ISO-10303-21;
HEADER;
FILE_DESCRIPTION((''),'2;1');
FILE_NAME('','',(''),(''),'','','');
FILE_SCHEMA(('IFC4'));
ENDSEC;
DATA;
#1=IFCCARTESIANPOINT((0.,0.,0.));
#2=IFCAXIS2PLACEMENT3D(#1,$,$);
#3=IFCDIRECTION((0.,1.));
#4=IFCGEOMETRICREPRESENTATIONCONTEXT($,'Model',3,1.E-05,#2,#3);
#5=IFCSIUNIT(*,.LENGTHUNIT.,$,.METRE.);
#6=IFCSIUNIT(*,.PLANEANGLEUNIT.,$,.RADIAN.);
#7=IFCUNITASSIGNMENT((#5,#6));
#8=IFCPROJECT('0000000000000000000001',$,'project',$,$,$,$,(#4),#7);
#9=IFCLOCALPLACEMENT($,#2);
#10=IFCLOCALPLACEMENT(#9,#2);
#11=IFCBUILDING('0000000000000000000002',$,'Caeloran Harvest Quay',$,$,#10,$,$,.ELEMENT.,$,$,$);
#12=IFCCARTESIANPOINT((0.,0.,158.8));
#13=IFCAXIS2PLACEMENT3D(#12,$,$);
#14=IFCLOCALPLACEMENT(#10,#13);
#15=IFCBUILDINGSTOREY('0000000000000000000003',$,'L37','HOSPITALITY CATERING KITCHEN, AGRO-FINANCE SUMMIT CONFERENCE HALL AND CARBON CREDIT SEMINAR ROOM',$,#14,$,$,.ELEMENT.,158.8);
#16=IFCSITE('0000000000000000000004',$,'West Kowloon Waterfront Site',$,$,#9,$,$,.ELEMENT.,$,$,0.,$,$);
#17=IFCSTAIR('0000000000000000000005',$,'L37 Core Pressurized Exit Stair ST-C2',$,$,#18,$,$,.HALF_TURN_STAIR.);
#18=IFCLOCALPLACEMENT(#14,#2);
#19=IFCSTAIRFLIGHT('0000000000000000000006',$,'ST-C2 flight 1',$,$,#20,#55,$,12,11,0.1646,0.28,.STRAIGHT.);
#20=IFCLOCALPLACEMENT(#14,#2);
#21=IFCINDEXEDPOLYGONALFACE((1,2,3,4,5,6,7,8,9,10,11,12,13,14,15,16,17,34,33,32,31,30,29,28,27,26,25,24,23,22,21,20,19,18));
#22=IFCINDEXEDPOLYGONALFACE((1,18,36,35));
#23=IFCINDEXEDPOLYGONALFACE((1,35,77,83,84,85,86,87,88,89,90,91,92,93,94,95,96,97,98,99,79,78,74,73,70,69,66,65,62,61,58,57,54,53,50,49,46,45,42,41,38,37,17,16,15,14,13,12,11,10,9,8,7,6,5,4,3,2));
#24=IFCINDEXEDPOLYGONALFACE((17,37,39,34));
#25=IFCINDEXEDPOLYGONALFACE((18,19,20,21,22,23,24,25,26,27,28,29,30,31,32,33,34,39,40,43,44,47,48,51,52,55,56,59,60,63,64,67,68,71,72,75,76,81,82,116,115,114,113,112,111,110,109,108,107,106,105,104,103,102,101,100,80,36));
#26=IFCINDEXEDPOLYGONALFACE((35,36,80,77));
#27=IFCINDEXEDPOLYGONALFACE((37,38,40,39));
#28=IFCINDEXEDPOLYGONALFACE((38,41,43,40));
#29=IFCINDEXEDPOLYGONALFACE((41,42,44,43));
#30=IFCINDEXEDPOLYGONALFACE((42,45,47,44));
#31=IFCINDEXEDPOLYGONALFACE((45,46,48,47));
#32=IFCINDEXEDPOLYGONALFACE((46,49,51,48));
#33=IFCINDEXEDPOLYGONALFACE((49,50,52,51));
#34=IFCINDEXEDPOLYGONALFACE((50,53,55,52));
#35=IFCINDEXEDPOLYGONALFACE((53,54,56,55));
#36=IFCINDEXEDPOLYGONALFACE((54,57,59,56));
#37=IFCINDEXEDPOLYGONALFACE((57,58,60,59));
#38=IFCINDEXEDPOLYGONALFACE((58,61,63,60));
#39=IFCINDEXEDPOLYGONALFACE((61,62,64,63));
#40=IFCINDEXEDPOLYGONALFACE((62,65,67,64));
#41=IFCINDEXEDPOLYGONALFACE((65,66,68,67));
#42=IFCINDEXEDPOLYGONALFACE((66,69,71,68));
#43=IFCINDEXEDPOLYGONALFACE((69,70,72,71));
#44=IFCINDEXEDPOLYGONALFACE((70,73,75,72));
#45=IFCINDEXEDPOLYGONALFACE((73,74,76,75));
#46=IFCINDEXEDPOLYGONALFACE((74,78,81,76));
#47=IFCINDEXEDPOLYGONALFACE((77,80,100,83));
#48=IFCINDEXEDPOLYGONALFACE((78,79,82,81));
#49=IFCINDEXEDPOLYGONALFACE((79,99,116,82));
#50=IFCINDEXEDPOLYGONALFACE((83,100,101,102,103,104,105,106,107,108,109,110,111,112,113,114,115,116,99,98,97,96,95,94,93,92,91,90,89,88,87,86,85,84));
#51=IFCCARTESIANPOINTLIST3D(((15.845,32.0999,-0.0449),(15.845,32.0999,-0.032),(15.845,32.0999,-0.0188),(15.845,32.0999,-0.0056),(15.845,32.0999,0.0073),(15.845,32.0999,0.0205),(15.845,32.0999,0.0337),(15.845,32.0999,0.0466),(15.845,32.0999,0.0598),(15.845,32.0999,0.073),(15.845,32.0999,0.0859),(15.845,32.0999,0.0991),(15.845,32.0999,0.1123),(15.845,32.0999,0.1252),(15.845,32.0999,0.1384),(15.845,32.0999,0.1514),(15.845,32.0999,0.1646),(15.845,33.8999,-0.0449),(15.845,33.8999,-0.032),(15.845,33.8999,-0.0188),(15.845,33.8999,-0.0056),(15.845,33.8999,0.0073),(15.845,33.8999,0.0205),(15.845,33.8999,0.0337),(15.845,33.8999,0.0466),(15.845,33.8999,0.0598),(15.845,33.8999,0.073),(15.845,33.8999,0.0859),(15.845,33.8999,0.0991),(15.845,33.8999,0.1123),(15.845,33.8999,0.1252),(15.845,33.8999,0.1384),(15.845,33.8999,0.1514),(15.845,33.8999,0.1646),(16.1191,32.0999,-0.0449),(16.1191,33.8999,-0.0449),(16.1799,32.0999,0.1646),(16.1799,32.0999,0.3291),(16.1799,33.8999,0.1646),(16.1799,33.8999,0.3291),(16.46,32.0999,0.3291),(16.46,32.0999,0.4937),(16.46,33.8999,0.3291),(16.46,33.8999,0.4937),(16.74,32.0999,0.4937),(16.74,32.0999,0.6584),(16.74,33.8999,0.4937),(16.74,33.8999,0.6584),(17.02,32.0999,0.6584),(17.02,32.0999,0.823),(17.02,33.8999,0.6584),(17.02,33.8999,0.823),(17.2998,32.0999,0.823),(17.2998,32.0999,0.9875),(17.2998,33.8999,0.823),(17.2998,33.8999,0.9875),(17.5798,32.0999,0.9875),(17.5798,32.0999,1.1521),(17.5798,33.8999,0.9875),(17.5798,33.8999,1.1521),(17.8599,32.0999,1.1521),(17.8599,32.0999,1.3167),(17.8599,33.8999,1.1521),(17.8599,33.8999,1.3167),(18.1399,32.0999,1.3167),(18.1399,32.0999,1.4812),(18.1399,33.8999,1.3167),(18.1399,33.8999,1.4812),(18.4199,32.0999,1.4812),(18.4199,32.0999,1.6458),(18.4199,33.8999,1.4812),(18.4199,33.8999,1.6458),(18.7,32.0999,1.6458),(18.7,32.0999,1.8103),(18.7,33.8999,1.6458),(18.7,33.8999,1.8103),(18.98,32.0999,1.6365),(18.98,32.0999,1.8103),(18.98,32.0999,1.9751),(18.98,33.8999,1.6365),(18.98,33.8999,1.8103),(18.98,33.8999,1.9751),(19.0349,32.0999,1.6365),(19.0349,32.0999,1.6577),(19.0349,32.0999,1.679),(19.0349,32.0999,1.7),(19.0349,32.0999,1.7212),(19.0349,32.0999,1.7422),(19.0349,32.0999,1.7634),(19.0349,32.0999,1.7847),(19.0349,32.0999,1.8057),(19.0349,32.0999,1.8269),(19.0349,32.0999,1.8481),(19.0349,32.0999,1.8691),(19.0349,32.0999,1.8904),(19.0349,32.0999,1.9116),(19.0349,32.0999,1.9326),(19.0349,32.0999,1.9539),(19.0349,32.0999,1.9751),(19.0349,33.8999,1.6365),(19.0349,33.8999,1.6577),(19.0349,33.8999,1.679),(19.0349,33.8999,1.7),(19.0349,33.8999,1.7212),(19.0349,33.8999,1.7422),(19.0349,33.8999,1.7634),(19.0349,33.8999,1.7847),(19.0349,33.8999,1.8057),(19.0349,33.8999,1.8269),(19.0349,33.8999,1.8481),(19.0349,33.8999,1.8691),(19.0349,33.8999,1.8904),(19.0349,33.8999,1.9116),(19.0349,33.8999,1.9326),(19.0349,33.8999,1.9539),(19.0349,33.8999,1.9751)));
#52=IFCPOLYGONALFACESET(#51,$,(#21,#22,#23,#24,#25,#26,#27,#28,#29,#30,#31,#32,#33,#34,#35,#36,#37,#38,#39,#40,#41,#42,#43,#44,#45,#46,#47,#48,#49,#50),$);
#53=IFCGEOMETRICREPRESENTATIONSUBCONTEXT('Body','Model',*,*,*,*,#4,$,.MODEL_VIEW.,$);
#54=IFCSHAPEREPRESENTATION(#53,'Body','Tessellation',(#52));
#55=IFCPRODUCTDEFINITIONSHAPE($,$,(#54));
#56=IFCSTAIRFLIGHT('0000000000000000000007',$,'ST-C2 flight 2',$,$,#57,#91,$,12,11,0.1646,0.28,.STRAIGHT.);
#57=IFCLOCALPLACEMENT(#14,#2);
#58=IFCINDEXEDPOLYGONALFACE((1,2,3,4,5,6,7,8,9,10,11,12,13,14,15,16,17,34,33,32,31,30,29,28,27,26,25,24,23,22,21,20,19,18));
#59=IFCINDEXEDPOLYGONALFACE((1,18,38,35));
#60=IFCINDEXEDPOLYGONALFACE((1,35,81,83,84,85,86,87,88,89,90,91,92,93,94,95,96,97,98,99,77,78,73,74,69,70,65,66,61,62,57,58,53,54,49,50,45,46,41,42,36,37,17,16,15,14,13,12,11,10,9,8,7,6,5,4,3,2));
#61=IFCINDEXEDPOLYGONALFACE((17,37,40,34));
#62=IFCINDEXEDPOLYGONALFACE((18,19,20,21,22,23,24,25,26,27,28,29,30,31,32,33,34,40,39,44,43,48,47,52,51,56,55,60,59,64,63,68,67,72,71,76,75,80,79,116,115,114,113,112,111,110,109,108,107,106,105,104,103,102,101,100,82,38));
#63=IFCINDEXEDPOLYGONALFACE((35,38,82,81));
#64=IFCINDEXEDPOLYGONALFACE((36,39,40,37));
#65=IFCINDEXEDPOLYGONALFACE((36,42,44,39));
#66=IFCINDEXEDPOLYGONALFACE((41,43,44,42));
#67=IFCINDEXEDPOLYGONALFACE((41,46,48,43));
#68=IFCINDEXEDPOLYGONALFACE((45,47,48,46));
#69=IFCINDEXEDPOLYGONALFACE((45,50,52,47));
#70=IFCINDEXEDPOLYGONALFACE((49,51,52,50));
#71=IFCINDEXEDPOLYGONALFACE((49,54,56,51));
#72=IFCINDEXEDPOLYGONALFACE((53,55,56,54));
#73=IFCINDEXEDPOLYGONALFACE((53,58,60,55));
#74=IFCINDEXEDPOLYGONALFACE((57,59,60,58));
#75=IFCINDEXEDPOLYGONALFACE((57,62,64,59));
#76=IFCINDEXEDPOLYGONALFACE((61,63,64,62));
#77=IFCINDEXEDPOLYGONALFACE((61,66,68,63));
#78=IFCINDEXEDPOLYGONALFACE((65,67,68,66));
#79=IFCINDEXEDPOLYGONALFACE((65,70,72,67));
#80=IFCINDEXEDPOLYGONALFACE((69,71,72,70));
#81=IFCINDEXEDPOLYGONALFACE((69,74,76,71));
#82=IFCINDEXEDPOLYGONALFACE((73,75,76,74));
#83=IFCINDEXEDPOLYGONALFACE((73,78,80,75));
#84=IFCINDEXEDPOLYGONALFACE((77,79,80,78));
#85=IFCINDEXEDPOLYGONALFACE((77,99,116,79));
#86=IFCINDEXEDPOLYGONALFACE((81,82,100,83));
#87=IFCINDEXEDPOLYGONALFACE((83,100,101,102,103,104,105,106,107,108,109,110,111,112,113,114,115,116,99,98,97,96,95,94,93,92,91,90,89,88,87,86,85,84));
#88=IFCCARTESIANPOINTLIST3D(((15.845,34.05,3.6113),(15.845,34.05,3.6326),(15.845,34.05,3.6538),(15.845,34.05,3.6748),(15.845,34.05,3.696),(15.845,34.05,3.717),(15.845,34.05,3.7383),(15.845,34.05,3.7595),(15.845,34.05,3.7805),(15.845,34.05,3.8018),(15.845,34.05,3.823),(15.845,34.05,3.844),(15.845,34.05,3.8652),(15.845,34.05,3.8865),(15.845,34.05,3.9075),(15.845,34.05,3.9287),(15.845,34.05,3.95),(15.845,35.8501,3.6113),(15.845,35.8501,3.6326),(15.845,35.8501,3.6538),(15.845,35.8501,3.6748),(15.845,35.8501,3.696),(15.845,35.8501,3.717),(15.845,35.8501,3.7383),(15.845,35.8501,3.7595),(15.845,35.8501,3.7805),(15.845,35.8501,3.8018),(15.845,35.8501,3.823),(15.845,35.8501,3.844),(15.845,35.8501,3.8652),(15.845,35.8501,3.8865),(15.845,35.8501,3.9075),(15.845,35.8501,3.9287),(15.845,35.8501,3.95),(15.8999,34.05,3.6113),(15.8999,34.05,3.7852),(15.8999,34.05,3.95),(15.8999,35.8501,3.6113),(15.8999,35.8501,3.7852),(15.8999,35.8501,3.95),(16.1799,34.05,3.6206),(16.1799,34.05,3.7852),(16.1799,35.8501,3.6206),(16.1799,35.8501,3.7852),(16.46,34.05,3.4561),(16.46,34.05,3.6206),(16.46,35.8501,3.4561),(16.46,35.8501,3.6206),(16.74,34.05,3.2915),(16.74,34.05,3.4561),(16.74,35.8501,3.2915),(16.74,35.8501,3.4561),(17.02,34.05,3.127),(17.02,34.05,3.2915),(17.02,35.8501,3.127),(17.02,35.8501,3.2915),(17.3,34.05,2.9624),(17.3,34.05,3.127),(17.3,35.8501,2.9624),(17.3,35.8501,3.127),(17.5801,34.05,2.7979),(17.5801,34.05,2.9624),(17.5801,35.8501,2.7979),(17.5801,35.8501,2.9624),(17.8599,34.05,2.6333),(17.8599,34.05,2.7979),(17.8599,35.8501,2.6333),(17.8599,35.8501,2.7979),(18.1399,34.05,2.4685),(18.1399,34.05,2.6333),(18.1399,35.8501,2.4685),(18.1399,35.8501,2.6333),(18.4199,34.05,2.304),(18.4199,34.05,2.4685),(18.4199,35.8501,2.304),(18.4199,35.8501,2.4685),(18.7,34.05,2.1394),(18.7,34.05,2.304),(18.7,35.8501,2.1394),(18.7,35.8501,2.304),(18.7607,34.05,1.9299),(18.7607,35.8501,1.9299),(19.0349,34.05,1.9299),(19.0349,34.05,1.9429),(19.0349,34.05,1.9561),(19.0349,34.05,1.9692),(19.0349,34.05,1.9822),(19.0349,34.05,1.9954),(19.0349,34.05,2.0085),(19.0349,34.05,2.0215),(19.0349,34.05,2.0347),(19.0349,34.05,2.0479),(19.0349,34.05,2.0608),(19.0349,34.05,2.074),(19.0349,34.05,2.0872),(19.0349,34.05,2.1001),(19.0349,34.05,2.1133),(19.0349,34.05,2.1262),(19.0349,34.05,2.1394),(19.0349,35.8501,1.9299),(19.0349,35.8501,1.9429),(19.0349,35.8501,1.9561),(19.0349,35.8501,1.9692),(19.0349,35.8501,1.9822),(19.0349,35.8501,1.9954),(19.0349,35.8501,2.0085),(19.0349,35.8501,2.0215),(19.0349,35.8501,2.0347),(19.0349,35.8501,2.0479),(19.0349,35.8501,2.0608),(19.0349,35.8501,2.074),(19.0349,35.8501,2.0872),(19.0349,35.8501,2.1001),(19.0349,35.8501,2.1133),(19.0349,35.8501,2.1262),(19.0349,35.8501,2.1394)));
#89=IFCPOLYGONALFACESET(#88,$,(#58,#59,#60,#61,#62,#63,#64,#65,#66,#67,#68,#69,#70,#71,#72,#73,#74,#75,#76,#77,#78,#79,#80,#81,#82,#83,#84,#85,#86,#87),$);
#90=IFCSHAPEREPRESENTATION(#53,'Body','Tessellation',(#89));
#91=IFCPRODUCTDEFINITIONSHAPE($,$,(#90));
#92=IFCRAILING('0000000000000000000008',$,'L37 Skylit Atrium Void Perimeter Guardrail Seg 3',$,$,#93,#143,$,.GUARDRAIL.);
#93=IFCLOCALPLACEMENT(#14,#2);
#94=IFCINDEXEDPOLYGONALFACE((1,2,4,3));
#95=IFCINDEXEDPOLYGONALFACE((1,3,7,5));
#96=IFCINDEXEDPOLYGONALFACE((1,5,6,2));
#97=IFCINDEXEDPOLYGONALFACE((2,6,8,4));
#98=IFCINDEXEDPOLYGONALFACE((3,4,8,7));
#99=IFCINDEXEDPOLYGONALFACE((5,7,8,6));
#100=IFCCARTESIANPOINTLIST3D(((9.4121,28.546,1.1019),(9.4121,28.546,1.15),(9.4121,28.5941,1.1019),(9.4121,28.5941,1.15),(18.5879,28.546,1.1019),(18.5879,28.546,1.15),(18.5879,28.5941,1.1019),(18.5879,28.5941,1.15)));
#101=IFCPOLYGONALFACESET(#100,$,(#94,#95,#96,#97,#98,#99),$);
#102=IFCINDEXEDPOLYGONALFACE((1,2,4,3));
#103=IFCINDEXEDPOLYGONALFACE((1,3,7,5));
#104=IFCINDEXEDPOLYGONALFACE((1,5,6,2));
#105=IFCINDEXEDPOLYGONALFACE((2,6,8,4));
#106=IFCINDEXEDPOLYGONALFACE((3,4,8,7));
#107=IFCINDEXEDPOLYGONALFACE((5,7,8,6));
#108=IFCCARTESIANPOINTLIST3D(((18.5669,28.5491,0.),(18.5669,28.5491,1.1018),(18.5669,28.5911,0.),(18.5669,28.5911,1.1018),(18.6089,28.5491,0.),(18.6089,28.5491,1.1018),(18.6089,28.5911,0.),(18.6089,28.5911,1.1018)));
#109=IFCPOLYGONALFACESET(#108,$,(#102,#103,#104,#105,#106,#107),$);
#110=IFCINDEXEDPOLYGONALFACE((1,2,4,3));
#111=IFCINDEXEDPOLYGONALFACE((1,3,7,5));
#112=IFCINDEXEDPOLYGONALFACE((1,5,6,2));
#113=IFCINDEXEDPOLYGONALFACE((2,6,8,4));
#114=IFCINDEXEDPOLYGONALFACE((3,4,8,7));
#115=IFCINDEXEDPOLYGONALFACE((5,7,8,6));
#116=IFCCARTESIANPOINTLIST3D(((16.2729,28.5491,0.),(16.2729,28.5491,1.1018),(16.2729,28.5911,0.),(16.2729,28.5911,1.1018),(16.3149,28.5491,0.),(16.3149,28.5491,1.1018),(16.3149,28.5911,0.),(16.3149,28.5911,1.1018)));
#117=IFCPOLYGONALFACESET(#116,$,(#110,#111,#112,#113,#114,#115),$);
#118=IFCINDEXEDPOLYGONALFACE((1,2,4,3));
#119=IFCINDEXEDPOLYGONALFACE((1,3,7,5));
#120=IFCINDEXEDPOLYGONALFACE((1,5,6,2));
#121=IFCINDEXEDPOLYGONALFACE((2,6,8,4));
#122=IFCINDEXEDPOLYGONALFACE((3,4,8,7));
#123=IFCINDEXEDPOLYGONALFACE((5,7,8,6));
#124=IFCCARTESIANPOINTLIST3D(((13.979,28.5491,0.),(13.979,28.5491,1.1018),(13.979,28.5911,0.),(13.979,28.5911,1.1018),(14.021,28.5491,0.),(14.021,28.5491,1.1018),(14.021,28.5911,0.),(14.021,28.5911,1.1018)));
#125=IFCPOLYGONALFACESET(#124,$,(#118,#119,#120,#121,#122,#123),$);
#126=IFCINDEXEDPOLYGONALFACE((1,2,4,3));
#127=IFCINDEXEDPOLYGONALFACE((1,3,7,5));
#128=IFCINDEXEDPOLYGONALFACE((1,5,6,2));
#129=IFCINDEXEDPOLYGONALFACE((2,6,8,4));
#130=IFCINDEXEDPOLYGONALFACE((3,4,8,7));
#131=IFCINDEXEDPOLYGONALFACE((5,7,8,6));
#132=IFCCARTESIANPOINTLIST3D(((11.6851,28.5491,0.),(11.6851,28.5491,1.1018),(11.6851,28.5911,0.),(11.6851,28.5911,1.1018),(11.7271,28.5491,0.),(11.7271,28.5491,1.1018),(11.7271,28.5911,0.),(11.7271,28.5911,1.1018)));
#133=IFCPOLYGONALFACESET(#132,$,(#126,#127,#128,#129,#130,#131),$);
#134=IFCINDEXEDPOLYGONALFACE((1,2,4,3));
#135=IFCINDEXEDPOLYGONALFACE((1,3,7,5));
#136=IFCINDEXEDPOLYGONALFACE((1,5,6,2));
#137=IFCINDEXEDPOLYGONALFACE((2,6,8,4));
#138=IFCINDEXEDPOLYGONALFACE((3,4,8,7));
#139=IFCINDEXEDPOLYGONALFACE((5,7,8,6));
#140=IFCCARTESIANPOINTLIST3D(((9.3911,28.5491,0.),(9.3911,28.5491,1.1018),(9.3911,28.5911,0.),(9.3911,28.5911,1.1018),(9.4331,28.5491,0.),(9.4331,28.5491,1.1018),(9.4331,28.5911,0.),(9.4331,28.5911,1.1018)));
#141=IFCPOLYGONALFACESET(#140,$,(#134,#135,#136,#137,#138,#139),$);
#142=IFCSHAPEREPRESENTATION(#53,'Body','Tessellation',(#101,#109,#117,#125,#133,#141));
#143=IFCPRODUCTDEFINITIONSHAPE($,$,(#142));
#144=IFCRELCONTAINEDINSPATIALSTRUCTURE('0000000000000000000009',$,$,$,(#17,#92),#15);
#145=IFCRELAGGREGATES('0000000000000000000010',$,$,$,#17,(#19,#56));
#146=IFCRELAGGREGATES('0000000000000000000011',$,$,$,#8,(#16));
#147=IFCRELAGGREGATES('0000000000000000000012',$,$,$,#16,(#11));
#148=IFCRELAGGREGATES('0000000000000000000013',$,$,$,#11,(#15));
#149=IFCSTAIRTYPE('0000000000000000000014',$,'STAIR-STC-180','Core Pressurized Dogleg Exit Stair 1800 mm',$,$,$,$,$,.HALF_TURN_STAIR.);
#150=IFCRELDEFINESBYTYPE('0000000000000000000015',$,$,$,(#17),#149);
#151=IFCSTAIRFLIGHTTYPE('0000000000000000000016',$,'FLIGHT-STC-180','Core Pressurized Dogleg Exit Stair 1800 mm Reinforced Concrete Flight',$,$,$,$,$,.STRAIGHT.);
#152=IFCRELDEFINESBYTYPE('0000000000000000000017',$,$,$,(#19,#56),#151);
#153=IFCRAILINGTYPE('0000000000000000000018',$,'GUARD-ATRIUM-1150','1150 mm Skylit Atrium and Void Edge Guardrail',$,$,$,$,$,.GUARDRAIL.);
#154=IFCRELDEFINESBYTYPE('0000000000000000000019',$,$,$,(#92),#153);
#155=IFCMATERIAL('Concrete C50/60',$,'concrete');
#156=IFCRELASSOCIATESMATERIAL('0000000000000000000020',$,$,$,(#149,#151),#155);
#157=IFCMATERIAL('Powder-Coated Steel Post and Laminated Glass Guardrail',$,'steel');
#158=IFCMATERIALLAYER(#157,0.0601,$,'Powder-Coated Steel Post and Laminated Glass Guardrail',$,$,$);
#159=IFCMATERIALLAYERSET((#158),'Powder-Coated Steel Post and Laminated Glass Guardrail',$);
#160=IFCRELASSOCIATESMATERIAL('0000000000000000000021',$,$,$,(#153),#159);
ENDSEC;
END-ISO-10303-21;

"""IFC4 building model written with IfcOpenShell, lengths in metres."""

from ifc_helpers import new_model, si_unit, direction, frame, origin, origin_2d, place, context, subcontext, project, spatial, polyline, rectangle, outline, extrude, material, layer, layer_set, type_object, element, aggregate, save


model = new_model("IFC4")

# Units and contexts
model_context = context("Model", 3, precision=1e-05, world=origin(), true_north=direction((0.0, 1.0)))
body_context = subcontext(model_context, "Body", "Model", "MODEL_VIEW")
ifc_project = project(units=[si_unit("LENGTHUNIT", "METRE"), si_unit("PLANEANGLEUNIT", "RADIAN")], contexts=[model_context])

# Site, building, storey
site_placement = place(None, origin())
site = spatial("IfcSite", under=ifc_project, at=site_placement, Name="West Kowloon Waterfront Site", CompositionType="ELEMENT", RefElevation=0.0)
building_placement = place(site_placement, origin())
building = spatial("IfcBuilding", under=site, at=building_placement, Name="Caeloran Harvest Quay", CompositionType="ELEMENT")
storey_placement = place(building_placement, frame((0.0, 0.0, 158.8)))
storey = spatial("IfcBuildingStorey", under=building, at=storey_placement, Name="L37", Description="HOSPITALITY CATERING KITCHEN, AGRO-FINANCE SUMMIT CONFERENCE HALL AND CARBON CREDIT SEMINAR ROOM", CompositionType="ELEMENT", Elevation=158.8)

# Stair, stair flights
ifc_material_1 = material(Name="Concrete C50/60", Category="concrete")
stair_type = type_object("IfcStairType", Name="STAIR-STC-180", Description="Core Pressurized Dogleg Exit Stair 1800 mm", PredefinedType="HALF_TURN_STAIR", material=ifc_material_1)
stair_placement = place(storey_placement, origin())
stair = element("IfcStair", 1, at=stair_placement, inside=storey, type_object=stair_type, Name="L37 Core Pressurized Exit Stair ST-C2", PredefinedType="HALF_TURN_STAIR")
stair_flight_type = type_object("IfcStairFlightType", Name="FLIGHT-STC-180", Description="Core Pressurized Dogleg Exit Stair 1800 mm Reinforced Concrete Flight", PredefinedType="STRAIGHT", material=ifc_material_1)
stair_flight_1_placement = place(storey_placement, frame((15.8999, 33.0, 0.0), z_axis=(0.0, 0.0, 1.0), x_axis=(1.0, 0.0, 0.0)))
stair_flight_1 = element("IfcStairFlight", 2, at=stair_flight_1_placement, type_object=stair_flight_type, Name="ST-C2 flight 1", NumberOfRisers=12, NumberOfTreads=11, PredefinedType="STRAIGHT", RiserHeight=0.1646, TreadLength=0.28, context=body_context, shape_type="SweptSolid", body=[
    extrude(outline(polyline([(-0.0549, -0.0449), (-0.0549, -0.032), (-0.0549, -0.0188), (-0.0549, -0.0056), (-0.0549, 0.0073), (-0.0549, 0.0205), (-0.0549, 0.0337), (-0.0549, 0.0466), (-0.0549, 0.0598), (-0.0549, 0.073), (-0.0549, 0.0859), (-0.0549, 0.0991), (-0.0549, 0.1123), (-0.0549, 0.1252), (-0.0549, 0.1384), (-0.0549, 0.1514), (-0.0549, 0.1646), (0.28, 0.1646), (0.28, 0.3291), (0.5601, 0.3291), (0.5601, 0.4937), (0.8401, 0.4937), (0.8401, 0.6584), (1.1201, 0.6584), (1.1201, 0.823), (1.3999, 0.823), (1.3999, 0.9875), (1.6799, 0.9875), (1.6799, 1.1521), (1.96, 1.1521), (1.96, 1.3167), (2.24, 1.3167), (2.24, 1.4812), (2.52, 1.4812), (2.52, 1.6458), (2.8, 1.6458), (2.8, 1.8103), (3.0801, 1.8103), (3.0801, 1.9751), (3.135, 1.9751), (3.135, 1.9539), (3.135, 1.9326), (3.135, 1.9116), (3.135, 1.8904), (3.135, 1.8691), (3.135, 1.8481), (3.135, 1.8269), (3.135, 1.8057), (3.135, 1.7847), (3.135, 1.7634), (3.135, 1.7422), (3.135, 1.7212), (3.135, 1.7), (3.135, 1.679), (3.135, 1.6577), (3.135, 1.6365), (3.0801, 1.6365), (0.2192, -0.0449), (-0.0549, -0.0449)])), frame((0.0, 0.8999, 0.0), z_axis=(0.0, -1.0, 0.0), x_axis=(1.0, 0.0, 0.0)), (0.0, 0.0, 1.0), 1.8),
])
stair_flight_2_placement = place(storey_placement, frame((18.98, 34.95, 1.9749), z_axis=(0.0, 0.0, 1.0), x_axis=(-1.0, 0.0, 0.0)))
stair_flight_2 = element("IfcStairFlight", 3, at=stair_flight_2_placement, type_object=stair_flight_type, Name="ST-C2 flight 2", NumberOfRisers=12, NumberOfTreads=11, PredefinedType="STRAIGHT", RiserHeight=0.1646, TreadLength=0.28, context=body_context, shape_type="SweptSolid", body=[
    extrude(outline(polyline([(-0.0549, -0.0449), (-0.0549, -0.032), (-0.0549, -0.0188), (-0.0549, -0.0056), (-0.0549, 0.0073), (-0.0549, 0.0205), (-0.0549, 0.0337), (-0.0549, 0.0466), (-0.0549, 0.0598), (-0.0549, 0.073), (-0.0549, 0.0859), (-0.0549, 0.0991), (-0.0549, 0.1123), (-0.0549, 0.1252), (-0.0549, 0.1384), (-0.0549, 0.1514), (-0.0549, 0.1646), (0.28, 0.1646), (0.28, 0.3291), (0.5601, 0.3291), (0.5601, 0.4937), (0.8401, 0.4937), (0.8401, 0.6584), (1.1201, 0.6584), (1.1201, 0.823), (1.3999, 0.823), (1.3999, 0.9875), (1.6799, 0.9875), (1.6799, 1.1521), (1.96, 1.1521), (1.96, 1.3167), (2.24, 1.3167), (2.24, 1.4812), (2.52, 1.4812), (2.52, 1.6458), (2.8, 1.6458), (2.8, 1.8103), (3.0801, 1.8103), (3.0801, 1.9751), (3.135, 1.9751), (3.135, 1.9539), (3.135, 1.9326), (3.135, 1.9116), (3.135, 1.8904), (3.135, 1.8691), (3.135, 1.8481), (3.135, 1.8269), (3.135, 1.8057), (3.135, 1.7847), (3.135, 1.7634), (3.135, 1.7422), (3.135, 1.7212), (3.135, 1.7), (3.135, 1.679), (3.135, 1.6577), (3.135, 1.6365), (3.0801, 1.6365), (0.2192, -0.0449), (-0.0549, -0.0449)])), frame((0.0, 0.8999, 0.0), z_axis=(0.0, -1.0, 0.0), x_axis=(1.0, 0.0, 0.0)), (0.0, 0.0, 1.0), 1.8),
])
aggregate(stair, [stair_flight_1, stair_flight_2])

# Railing
ifc_material_2 = material(Name="Powder-Coated Steel Post and Laminated Glass Guardrail", Category="steel")
ifc_layer_1 = layer(ifc_material_2, 0.0601, Name="Powder-Coated Steel Post and Laminated Glass Guardrail")
ifc_layer_set_1 = layer_set([ifc_layer_1], Name="Powder-Coated Steel Post and Laminated Glass Guardrail")
railing_type_1 = type_object("IfcRailingType", Name="GUARD-ATRIUM-1150", Description="1150 mm Skylit Atrium and Void Edge Guardrail", PredefinedType="GUARDRAIL", material=ifc_layer_set_1)
railing_1_placement = place(storey_placement, frame((18.5879, 28.5701, 0.0)))
element("IfcRailing", 4, at=railing_1_placement, inside=storey, type_object=railing_type_1, Name="L37 Skylit Atrium Void Perimeter Guardrail Seg 3", PredefinedType="GUARDRAIL", context=body_context, shape_type="SweptSolid", body=[
    extrude(rectangle(XDim=0.0481, YDim=0.0481, at=origin_2d()), frame((0.0, 0.0, 1.126), z_axis=(-1.0, 0.0, 0.0), x_axis=(0.0, -1.0, 0.0)), (0.0, 0.0, 1.0), 9.1758),
    extrude(rectangle(XDim=0.042, YDim=0.042, at=origin_2d()), origin(), (0.0, 0.0, 1.0), 1.1018),
    extrude(rectangle(XDim=0.042, YDim=0.042, at=origin_2d()), frame((-2.2939, 0.0, 0.0)), (0.0, 0.0, 1.0), 1.1018),
    extrude(rectangle(XDim=0.042, YDim=0.042, at=origin_2d()), frame((-4.5879, 0.0, 0.0)), (0.0, 0.0, 1.0), 1.1018),
    extrude(rectangle(XDim=0.042, YDim=0.042, at=origin_2d()), frame((-6.8818, 0.0, 0.0)), (0.0, 0.0, 1.0), 1.1018),
    extrude(rectangle(XDim=0.042, YDim=0.042, at=origin_2d()), frame((-9.1758, 0.0, 0.0)), (0.0, 0.0, 1.0), 1.1018),
])

save(model, "model.ifc")
